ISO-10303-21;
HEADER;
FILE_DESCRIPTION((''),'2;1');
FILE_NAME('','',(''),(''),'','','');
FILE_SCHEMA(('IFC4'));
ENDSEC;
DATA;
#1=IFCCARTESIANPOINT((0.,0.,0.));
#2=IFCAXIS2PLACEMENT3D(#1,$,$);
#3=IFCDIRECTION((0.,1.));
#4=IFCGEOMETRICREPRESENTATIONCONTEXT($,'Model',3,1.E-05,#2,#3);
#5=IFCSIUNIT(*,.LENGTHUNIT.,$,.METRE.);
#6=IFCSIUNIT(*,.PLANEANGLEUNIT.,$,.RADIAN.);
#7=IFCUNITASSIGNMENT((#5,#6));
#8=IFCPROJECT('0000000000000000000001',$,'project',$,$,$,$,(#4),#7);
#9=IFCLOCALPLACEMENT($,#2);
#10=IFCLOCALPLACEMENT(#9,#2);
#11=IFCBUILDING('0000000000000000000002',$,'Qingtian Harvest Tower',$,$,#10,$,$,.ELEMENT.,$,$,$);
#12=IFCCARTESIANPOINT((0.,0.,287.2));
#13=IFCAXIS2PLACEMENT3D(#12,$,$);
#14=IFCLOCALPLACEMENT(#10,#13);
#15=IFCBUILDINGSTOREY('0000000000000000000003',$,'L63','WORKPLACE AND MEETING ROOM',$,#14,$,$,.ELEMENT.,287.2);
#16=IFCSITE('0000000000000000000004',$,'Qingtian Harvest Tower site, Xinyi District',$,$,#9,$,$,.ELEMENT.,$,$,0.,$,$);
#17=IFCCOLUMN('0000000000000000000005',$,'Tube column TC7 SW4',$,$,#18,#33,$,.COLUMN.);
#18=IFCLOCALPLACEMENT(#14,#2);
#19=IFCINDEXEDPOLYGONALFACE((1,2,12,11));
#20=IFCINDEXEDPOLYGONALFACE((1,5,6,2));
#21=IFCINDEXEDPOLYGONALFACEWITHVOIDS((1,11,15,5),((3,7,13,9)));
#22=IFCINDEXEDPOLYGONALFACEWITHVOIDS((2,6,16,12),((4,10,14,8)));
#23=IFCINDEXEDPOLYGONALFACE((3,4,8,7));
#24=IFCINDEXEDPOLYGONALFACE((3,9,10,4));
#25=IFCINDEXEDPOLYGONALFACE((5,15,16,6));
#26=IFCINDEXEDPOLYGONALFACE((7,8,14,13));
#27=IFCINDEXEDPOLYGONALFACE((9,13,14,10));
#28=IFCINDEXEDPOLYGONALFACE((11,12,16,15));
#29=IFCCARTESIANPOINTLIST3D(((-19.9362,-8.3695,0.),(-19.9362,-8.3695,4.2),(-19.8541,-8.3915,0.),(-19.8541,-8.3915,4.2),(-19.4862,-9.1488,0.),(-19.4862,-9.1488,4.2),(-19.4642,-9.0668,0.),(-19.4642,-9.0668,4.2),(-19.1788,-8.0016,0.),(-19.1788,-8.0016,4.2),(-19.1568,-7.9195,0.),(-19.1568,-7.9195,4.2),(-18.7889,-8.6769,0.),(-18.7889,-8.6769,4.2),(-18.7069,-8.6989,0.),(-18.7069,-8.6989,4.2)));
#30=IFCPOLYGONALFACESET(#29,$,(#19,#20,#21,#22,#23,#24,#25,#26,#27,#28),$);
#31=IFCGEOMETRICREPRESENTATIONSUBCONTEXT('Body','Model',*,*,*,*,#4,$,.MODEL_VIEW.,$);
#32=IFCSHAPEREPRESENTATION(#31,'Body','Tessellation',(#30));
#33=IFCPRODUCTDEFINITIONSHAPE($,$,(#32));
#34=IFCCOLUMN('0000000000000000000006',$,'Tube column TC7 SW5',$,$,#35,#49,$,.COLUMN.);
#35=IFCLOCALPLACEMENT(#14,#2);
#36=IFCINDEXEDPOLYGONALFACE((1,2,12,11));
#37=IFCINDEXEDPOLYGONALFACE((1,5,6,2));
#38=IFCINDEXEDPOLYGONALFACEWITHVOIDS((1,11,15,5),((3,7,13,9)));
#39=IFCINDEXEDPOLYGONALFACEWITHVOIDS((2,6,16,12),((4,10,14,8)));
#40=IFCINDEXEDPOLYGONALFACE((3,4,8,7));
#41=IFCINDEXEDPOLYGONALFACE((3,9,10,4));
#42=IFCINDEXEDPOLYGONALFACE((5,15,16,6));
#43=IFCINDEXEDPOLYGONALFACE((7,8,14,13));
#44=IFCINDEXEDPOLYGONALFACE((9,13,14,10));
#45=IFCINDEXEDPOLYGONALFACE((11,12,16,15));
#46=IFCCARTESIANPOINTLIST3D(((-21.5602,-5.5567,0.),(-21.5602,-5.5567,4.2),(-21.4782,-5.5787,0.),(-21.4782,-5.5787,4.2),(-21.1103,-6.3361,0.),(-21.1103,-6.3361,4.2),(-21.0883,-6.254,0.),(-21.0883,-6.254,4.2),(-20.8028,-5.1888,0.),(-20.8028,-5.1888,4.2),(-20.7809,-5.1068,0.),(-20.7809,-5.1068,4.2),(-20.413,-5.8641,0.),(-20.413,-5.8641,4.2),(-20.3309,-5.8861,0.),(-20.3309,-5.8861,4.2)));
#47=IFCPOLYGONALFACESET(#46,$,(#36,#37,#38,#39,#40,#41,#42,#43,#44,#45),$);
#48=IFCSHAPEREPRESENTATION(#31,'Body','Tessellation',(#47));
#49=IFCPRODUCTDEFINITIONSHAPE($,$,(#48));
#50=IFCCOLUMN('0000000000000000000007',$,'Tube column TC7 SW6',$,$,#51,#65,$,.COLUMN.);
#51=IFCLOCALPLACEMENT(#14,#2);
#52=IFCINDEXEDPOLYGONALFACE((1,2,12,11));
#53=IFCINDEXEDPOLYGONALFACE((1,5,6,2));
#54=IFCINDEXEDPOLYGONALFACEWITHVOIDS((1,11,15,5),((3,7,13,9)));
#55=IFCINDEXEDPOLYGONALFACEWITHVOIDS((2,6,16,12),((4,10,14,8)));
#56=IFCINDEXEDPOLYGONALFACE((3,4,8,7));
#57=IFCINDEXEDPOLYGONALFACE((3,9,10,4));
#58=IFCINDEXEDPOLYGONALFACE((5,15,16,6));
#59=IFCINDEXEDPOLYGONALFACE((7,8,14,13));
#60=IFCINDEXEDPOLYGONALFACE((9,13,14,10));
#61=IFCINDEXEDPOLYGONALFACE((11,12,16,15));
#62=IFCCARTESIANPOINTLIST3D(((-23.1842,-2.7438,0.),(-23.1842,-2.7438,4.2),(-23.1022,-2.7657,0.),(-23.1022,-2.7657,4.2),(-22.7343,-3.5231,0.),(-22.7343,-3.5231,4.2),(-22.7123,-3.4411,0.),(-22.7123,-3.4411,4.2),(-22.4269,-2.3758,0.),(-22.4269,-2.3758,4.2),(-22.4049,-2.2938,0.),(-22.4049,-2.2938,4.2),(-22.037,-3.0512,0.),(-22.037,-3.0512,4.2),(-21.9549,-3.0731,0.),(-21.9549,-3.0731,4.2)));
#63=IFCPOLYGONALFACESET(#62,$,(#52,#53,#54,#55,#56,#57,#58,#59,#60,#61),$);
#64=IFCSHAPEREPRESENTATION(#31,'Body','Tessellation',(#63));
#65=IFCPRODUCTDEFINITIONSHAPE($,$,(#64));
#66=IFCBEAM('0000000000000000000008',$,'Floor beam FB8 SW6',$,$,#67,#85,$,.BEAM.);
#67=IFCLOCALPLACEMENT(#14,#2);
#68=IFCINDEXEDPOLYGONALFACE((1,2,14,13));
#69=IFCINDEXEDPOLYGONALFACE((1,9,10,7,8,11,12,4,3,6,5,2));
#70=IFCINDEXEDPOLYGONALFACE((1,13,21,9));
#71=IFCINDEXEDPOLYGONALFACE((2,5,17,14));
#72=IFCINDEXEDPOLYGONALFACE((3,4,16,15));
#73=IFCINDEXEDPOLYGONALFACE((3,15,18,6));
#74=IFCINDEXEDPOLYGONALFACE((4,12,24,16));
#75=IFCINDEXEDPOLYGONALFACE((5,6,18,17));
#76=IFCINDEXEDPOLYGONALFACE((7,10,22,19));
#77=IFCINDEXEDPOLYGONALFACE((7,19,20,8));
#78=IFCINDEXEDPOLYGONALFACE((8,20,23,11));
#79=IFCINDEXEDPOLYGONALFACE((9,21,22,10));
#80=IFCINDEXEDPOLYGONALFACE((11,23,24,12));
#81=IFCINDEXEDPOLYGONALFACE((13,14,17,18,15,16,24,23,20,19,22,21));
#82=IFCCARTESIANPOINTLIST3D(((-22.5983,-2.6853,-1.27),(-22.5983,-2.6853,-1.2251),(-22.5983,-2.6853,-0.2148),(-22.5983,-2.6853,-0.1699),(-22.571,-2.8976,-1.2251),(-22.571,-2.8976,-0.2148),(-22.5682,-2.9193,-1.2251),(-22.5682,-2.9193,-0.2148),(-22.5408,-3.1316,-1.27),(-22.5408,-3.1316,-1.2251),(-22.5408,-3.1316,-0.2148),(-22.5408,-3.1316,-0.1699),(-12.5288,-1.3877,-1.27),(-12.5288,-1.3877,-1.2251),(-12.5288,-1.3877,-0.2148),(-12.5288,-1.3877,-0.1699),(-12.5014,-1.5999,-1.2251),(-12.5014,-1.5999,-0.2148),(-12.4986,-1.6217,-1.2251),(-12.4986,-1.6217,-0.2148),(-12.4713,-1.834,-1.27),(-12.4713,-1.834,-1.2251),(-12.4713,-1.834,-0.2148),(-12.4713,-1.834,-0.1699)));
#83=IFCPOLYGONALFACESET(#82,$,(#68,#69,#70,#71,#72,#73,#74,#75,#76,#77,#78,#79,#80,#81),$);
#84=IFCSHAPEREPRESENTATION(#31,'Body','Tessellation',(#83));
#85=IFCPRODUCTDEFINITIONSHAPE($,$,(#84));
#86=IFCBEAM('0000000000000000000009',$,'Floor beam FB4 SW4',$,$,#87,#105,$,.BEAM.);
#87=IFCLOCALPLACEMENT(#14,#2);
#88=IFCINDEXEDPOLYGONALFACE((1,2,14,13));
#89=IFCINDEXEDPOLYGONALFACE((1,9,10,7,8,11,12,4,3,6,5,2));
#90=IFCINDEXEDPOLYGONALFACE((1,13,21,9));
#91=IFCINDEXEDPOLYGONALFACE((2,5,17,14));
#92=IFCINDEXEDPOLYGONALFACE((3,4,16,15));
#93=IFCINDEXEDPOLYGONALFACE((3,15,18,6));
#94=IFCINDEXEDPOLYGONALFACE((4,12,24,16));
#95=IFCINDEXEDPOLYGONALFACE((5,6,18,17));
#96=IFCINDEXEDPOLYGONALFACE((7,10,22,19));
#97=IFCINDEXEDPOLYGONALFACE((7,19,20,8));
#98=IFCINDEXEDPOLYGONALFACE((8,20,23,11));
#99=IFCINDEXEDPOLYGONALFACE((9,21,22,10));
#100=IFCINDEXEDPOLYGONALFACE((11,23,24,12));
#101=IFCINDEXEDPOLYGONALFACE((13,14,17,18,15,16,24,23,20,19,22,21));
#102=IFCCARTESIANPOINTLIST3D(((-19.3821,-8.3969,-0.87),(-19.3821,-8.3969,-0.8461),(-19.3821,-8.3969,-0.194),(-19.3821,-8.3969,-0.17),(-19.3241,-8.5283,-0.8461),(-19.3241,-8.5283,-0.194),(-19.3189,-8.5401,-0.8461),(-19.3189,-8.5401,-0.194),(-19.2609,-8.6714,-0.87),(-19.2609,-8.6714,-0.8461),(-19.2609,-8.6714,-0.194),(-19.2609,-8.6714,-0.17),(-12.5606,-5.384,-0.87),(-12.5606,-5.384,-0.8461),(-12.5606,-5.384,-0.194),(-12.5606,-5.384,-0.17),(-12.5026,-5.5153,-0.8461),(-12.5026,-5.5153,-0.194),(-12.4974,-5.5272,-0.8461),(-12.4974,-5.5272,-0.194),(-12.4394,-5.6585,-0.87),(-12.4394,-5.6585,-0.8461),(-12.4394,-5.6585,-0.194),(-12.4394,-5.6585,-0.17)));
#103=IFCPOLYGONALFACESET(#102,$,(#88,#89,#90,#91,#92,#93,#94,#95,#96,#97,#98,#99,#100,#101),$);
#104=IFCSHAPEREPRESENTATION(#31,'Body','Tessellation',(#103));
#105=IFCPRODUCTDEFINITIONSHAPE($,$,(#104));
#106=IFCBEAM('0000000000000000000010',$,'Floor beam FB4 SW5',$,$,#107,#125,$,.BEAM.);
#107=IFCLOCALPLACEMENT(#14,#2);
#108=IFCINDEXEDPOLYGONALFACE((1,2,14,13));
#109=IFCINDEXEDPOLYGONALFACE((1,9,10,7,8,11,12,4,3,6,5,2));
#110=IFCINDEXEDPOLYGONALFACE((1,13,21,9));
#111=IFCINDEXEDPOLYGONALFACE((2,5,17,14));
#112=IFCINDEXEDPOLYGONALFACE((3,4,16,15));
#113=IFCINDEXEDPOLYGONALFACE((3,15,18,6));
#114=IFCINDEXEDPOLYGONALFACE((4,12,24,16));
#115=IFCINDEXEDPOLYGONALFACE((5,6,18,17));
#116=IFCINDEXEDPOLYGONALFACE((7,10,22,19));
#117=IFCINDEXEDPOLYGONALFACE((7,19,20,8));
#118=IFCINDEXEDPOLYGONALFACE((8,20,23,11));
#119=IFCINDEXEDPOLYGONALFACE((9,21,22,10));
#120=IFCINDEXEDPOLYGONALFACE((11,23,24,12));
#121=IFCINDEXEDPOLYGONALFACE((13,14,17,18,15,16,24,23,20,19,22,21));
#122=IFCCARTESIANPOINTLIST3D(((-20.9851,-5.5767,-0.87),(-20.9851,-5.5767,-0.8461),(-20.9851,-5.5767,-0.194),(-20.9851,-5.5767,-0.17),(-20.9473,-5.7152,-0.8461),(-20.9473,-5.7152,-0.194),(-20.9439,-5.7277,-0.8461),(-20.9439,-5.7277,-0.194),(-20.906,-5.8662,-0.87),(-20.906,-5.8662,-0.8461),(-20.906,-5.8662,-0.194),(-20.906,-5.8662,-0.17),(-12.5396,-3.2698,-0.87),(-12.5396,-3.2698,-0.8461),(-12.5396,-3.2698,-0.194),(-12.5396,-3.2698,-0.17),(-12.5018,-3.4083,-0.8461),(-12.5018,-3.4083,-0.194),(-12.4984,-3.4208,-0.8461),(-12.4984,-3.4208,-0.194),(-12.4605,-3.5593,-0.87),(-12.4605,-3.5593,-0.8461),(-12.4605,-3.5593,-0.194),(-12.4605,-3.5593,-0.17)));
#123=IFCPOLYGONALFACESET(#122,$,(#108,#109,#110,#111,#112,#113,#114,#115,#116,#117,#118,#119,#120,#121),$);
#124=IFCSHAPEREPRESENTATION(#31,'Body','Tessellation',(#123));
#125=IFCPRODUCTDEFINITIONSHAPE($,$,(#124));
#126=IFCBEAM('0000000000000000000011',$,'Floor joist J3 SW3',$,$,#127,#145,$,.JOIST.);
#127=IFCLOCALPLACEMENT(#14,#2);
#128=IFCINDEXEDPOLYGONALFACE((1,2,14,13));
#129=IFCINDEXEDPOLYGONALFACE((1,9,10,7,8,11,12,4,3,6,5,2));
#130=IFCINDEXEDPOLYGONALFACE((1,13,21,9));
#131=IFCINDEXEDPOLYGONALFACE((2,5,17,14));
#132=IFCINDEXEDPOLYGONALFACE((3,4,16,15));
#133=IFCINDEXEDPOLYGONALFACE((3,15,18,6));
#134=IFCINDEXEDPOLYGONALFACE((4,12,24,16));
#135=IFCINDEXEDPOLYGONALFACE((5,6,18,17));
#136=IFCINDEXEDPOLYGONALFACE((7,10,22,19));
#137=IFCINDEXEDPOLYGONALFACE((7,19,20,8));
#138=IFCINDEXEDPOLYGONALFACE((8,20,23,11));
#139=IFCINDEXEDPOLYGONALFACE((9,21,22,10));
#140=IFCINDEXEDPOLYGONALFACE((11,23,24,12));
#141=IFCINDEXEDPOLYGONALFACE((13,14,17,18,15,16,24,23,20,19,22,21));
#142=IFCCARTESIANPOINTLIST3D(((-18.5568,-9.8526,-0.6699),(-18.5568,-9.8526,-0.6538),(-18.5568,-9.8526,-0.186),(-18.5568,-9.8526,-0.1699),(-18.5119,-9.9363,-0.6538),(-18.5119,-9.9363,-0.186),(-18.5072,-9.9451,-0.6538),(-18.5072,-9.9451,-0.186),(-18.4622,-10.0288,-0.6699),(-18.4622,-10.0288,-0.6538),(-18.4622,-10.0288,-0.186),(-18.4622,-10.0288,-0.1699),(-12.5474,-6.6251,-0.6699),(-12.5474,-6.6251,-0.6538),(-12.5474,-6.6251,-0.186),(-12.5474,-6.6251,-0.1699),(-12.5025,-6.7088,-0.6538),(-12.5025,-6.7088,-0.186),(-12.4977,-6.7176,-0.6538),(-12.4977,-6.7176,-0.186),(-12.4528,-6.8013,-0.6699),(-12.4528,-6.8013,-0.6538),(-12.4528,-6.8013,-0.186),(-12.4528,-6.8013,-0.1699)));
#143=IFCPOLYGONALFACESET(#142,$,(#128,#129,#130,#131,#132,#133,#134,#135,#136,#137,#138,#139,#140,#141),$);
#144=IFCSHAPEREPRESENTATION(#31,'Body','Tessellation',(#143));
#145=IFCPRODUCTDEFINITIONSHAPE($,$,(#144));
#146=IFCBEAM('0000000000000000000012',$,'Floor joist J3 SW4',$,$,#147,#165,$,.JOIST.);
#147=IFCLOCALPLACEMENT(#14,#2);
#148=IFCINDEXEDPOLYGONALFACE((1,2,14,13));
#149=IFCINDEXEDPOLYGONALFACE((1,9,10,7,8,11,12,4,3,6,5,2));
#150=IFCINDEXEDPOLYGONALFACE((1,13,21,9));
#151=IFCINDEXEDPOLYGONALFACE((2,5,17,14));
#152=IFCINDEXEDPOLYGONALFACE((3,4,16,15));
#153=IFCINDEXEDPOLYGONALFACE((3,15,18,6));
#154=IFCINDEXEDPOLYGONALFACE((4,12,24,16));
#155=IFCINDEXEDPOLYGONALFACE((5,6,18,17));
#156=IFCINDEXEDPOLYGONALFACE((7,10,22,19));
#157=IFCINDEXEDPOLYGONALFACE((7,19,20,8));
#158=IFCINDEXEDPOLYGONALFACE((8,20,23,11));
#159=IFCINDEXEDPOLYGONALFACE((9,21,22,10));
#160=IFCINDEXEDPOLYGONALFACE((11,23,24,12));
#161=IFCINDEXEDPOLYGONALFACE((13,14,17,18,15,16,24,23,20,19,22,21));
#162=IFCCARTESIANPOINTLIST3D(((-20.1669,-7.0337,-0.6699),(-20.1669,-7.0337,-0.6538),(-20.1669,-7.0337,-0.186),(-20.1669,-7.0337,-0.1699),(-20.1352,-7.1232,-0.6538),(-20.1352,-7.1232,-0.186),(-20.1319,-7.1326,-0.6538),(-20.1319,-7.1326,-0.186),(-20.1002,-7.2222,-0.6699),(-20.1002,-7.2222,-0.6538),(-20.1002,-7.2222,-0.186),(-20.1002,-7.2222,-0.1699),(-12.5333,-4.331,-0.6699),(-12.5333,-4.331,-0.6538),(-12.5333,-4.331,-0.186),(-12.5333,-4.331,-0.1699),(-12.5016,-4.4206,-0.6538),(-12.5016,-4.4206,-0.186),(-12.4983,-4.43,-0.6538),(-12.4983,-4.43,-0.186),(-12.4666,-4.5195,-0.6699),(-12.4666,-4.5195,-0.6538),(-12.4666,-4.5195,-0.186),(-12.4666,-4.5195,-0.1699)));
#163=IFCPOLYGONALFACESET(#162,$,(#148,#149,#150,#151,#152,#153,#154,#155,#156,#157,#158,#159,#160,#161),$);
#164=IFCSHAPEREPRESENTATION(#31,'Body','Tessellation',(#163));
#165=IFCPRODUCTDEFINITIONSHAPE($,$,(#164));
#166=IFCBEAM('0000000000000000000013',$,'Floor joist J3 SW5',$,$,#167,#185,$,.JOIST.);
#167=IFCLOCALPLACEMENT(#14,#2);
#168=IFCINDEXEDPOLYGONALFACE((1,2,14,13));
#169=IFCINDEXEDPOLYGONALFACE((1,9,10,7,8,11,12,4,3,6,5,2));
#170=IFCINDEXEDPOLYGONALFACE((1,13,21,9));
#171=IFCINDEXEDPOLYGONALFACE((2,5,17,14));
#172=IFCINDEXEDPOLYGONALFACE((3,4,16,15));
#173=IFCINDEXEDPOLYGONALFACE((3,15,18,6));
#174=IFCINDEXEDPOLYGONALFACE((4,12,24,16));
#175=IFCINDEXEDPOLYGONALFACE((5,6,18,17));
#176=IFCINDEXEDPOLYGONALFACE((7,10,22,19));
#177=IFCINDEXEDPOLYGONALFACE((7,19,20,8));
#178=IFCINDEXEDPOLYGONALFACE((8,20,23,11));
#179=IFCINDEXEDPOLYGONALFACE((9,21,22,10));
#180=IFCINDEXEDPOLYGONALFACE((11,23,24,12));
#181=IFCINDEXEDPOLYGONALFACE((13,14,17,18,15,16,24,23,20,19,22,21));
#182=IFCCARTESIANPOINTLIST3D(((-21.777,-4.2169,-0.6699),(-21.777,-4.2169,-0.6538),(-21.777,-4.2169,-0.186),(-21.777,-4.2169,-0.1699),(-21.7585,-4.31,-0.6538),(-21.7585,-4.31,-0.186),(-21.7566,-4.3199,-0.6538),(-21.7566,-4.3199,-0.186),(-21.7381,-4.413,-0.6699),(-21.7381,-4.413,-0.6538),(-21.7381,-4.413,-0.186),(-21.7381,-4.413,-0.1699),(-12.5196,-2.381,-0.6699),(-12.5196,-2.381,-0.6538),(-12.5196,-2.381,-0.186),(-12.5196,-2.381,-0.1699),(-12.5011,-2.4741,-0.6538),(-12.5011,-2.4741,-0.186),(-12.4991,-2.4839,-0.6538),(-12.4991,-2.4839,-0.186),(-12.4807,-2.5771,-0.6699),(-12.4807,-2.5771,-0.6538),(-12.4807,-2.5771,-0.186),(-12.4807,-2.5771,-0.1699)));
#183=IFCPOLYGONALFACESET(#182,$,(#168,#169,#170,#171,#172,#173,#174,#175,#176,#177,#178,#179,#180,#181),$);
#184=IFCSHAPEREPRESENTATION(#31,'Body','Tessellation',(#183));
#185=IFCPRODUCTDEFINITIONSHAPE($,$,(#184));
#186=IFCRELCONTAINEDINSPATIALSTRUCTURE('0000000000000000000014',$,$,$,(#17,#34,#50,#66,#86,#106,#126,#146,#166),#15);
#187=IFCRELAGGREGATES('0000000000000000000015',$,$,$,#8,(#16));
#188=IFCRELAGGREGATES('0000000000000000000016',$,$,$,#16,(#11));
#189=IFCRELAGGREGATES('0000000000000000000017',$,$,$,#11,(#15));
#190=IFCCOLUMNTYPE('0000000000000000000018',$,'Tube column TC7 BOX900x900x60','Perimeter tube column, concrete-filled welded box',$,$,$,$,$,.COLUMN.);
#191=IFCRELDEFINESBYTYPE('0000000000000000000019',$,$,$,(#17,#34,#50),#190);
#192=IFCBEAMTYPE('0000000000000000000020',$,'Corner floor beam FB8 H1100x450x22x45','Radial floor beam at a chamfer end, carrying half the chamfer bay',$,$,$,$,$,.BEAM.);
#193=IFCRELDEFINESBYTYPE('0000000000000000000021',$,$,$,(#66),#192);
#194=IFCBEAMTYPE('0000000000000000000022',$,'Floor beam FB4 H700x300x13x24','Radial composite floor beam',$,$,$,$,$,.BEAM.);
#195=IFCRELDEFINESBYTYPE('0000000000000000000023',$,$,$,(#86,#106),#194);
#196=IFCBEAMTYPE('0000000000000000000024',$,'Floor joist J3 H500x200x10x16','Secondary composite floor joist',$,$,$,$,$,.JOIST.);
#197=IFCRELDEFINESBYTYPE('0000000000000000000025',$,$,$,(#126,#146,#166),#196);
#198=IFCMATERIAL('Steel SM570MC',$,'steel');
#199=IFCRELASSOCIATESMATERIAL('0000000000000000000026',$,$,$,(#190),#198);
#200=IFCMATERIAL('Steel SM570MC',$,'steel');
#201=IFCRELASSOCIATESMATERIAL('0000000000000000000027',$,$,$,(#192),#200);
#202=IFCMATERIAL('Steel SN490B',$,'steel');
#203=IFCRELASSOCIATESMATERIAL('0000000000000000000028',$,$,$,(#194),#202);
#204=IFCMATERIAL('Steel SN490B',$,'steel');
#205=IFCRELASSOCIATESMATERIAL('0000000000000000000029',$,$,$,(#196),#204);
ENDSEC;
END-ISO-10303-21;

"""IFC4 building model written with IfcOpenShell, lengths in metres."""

from ifc_helpers import new_model, si_unit, direction, frame, origin, origin_2d, place, context, subcontext, project, spatial, hollow_rectangle, i_section, extrude, material, material_profile, profile_set, type_object, element, save


model = new_model("IFC4")

# Units and contexts
model_context = context("Model", 3, precision=1e-05, world=origin(), true_north=direction((0.0, 1.0)))
body_context = subcontext(model_context, "Body", "Model", "MODEL_VIEW")
ifc_project = project(units=[si_unit("LENGTHUNIT", "METRE"), si_unit("PLANEANGLEUNIT", "RADIAN")], contexts=[model_context])

# Site, building, storey
site_placement = place(None, origin())
site = spatial("IfcSite", under=ifc_project, at=site_placement, Name="Qingtian Harvest Tower site, Xinyi District", CompositionType="ELEMENT", RefElevation=0.0)
building_placement = place(site_placement, origin())
building = spatial("IfcBuilding", under=site, at=building_placement, Name="Qingtian Harvest Tower", CompositionType="ELEMENT")
storey_placement = place(building_placement, frame((0.0, 0.0, 287.2)))
storey = spatial("IfcBuildingStorey", under=building, at=storey_placement, Name="L63", Description="WORKPLACE AND MEETING ROOM", CompositionType="ELEMENT", Elevation=287.2)

# Columns
ifc_material_1 = material(Name="Steel SM570MC", Category="steel")
ifc_material_profile_1 = material_profile(ifc_material_1, hollow_rectangle(XDim=0.8999, YDim=0.8999, WallThickness=0.0601, at=origin_2d()), Name="BOX900x900x60")
ifc_profile_set_1 = profile_set([ifc_material_profile_1], Name="Steel SM570MC")
column_type = type_object("IfcColumnType", Name="Tube column TC7 BOX900x900x60", Description="Perimeter tube column, concrete-filled welded box", PredefinedType="COLUMN", material=ifc_profile_set_1)
for number, where, z_axis, x_axis, name in (
    (1, (-19.3215, -8.5342, 0.0), (0.0, 0.0, 1.0), (0.5, -0.866025, 0.0), "Tube column TC7 SW4"),
    (2, (-20.9456, -5.7214, 0.0), (0.0, 0.0, 1.0), (0.5, -0.866025, 0.0), "Tube column TC7 SW5"),
    (3, (-22.5696, -2.9084, 0.0), (0.0, 0.0, 1.0), (0.5, -0.866025, 0.0), "Tube column TC7 SW6"),
):
    element("IfcColumn", number, at=place(storey_placement, frame(where, z_axis=z_axis, x_axis=x_axis)), inside=storey, type_object=column_type, Name=name, PredefinedType="COLUMN", context=body_context, shape_type="SweptSolid", body=[
        extrude(hollow_rectangle(XDim=0.8999, YDim=0.8999, WallThickness=0.0601, at=origin_2d()), origin(), (0.0, 0.0, 1.0), 4.2),
    ])

# Beams
ifc_material_2 = material(Name="Steel SM570MC", Category="steel")
ifc_material_profile_2 = material_profile(ifc_material_2, i_section(OverallWidth=0.45, OverallDepth=1.1001, WebThickness=0.022, FlangeThickness=0.0449, at=origin_2d()), Name="H1100x450x22x45")
ifc_profile_set_2 = profile_set([ifc_material_profile_2], Name="Steel SM570MC")
beam_type_1 = type_object("IfcBeamType", Name="Corner floor beam FB8 H1100x450x22x45", Description="Radial floor beam at a chamfer end, carrying half the chamfer bay", PredefinedType="BEAM", material=ifc_profile_set_2)
beam_1_placement = place(storey_placement, frame((-22.5696, -2.9084, -0.72), z_axis=(0.991799, 0.127807, 0.0), x_axis=(-0.127807, 0.991799, 0.0)))
element("IfcBeam", 4, at=beam_1_placement, inside=storey, type_object=beam_type_1, Name="Floor beam FB8 SW6", PredefinedType="BEAM", context=body_context, shape_type="SweptSolid", body=[
    extrude(i_section(OverallWidth=0.45, OverallDepth=1.1001, WebThickness=0.022, FlangeThickness=0.0449, at=origin_2d()), origin(), (0.0, 0.0, 1.0), 10.1528),
])
ifc_material_3 = material(Name="Steel SN490B", Category="steel")
ifc_material_profile_3 = material_profile(ifc_material_3, i_section(OverallWidth=0.3, OverallDepth=0.7, WebThickness=0.0129, FlangeThickness=0.0239, at=origin_2d()), Name="H700x300x13x24")
ifc_profile_set_3 = profile_set([ifc_material_profile_3], Name="Steel SN490B")
beam_type_2 = type_object("IfcBeamType", Name="Floor beam FB4 H700x300x13x24", Description="Radial composite floor beam", PredefinedType="BEAM", material=ifc_profile_set_3)
beam_2_placement = place(storey_placement, frame((-19.3215, -8.5342, -0.52), z_axis=(0.914747, 0.404026, 0.0), x_axis=(-0.404026, 0.914747, 0.0)))
element("IfcBeam", 5, at=beam_2_placement, inside=storey, type_object=beam_type_2, Name="Floor beam FB4 SW4", PredefinedType="BEAM", context=body_context, shape_type="SweptSolid", body=[
    extrude(i_section(OverallWidth=0.3, OverallDepth=0.7, WebThickness=0.0129, FlangeThickness=0.0239, at=origin_2d()), origin(), (0.0, 0.0, 1.0), 7.4573),
])
beam_3_placement = place(storey_placement, frame((-20.9456, -5.7214, -0.52), z_axis=(0.964661, 0.263495, 0.0), x_axis=(-0.263495, 0.964661, 0.0)))
element("IfcBeam", 6, at=beam_3_placement, inside=storey, type_object=beam_type_2, Name="Floor beam FB4 SW5", PredefinedType="BEAM", context=body_context, shape_type="SweptSolid", body=[
    extrude(i_section(OverallWidth=0.3, OverallDepth=0.7, WebThickness=0.0129, FlangeThickness=0.0239, at=origin_2d()), origin(), (0.0, 0.0, 1.0), 8.7549),
])
ifc_material_4 = material(Name="Steel SN490B", Category="steel")
ifc_material_profile_4 = material_profile(ifc_material_4, i_section(OverallWidth=0.2, OverallDepth=0.5, WebThickness=0.01, FlangeThickness=0.0161, at=origin_2d()), Name="H500x200x10x16")
ifc_profile_set_4 = profile_set([ifc_material_profile_4], Name="Steel SN490B")
beam_type_3 = type_object("IfcBeamType", Name="Floor joist J3 H500x200x10x16", Description="Secondary composite floor joist", PredefinedType="JOIST", material=ifc_profile_set_4)
beam_4_placement = place(storey_placement, frame((-18.5095, -9.9407, -0.4199), z_axis=(0.880982, 0.47315, 0.0), x_axis=(-0.47315, 0.880982, 0.0)))
element("IfcBeam", 7, at=beam_4_placement, inside=storey, type_object=beam_type_3, Name="Floor joist J3 SW3", PredefinedType="JOIST", context=body_context, shape_type="SweptSolid", body=[
    extrude(i_section(OverallWidth=0.2, OverallDepth=0.5, WebThickness=0.01, FlangeThickness=0.0161, at=origin_2d()), origin(), (0.0, 0.0, 1.0), 6.8213),
])
beam_5_placement = place(storey_placement, frame((-20.1335, -7.1279, -0.4199), z_axis=(0.942663, 0.333747, 0.0), x_axis=(-0.333747, 0.942663, 0.0)))
element("IfcBeam", 8, at=beam_5_placement, inside=storey, type_object=beam_type_3, Name="Floor joist J3 SW4", PredefinedType="JOIST", context=body_context, shape_type="SweptSolid", body=[
    extrude(i_section(OverallWidth=0.2, OverallDepth=0.5, WebThickness=0.01, FlangeThickness=0.0161, at=origin_2d()), origin(), (0.0, 0.0, 1.0), 8.0979),
])
beam_6_placement = place(storey_placement, frame((-21.7576, -4.3149, -0.4199), z_axis=(0.980897, 0.194529, 0.0), x_axis=(-0.194529, 0.980897, 0.0)))
element("IfcBeam", 9, at=beam_6_placement, inside=storey, type_object=beam_type_3, Name="Floor joist J3 SW5", PredefinedType="JOIST", context=body_context, shape_type="SweptSolid", body=[
    extrude(i_section(OverallWidth=0.2, OverallDepth=0.5, WebThickness=0.01, FlangeThickness=0.0161, at=origin_2d()), origin(), (0.0, 0.0, 1.0), 9.4377),
])

save(model, "model.ifc")
